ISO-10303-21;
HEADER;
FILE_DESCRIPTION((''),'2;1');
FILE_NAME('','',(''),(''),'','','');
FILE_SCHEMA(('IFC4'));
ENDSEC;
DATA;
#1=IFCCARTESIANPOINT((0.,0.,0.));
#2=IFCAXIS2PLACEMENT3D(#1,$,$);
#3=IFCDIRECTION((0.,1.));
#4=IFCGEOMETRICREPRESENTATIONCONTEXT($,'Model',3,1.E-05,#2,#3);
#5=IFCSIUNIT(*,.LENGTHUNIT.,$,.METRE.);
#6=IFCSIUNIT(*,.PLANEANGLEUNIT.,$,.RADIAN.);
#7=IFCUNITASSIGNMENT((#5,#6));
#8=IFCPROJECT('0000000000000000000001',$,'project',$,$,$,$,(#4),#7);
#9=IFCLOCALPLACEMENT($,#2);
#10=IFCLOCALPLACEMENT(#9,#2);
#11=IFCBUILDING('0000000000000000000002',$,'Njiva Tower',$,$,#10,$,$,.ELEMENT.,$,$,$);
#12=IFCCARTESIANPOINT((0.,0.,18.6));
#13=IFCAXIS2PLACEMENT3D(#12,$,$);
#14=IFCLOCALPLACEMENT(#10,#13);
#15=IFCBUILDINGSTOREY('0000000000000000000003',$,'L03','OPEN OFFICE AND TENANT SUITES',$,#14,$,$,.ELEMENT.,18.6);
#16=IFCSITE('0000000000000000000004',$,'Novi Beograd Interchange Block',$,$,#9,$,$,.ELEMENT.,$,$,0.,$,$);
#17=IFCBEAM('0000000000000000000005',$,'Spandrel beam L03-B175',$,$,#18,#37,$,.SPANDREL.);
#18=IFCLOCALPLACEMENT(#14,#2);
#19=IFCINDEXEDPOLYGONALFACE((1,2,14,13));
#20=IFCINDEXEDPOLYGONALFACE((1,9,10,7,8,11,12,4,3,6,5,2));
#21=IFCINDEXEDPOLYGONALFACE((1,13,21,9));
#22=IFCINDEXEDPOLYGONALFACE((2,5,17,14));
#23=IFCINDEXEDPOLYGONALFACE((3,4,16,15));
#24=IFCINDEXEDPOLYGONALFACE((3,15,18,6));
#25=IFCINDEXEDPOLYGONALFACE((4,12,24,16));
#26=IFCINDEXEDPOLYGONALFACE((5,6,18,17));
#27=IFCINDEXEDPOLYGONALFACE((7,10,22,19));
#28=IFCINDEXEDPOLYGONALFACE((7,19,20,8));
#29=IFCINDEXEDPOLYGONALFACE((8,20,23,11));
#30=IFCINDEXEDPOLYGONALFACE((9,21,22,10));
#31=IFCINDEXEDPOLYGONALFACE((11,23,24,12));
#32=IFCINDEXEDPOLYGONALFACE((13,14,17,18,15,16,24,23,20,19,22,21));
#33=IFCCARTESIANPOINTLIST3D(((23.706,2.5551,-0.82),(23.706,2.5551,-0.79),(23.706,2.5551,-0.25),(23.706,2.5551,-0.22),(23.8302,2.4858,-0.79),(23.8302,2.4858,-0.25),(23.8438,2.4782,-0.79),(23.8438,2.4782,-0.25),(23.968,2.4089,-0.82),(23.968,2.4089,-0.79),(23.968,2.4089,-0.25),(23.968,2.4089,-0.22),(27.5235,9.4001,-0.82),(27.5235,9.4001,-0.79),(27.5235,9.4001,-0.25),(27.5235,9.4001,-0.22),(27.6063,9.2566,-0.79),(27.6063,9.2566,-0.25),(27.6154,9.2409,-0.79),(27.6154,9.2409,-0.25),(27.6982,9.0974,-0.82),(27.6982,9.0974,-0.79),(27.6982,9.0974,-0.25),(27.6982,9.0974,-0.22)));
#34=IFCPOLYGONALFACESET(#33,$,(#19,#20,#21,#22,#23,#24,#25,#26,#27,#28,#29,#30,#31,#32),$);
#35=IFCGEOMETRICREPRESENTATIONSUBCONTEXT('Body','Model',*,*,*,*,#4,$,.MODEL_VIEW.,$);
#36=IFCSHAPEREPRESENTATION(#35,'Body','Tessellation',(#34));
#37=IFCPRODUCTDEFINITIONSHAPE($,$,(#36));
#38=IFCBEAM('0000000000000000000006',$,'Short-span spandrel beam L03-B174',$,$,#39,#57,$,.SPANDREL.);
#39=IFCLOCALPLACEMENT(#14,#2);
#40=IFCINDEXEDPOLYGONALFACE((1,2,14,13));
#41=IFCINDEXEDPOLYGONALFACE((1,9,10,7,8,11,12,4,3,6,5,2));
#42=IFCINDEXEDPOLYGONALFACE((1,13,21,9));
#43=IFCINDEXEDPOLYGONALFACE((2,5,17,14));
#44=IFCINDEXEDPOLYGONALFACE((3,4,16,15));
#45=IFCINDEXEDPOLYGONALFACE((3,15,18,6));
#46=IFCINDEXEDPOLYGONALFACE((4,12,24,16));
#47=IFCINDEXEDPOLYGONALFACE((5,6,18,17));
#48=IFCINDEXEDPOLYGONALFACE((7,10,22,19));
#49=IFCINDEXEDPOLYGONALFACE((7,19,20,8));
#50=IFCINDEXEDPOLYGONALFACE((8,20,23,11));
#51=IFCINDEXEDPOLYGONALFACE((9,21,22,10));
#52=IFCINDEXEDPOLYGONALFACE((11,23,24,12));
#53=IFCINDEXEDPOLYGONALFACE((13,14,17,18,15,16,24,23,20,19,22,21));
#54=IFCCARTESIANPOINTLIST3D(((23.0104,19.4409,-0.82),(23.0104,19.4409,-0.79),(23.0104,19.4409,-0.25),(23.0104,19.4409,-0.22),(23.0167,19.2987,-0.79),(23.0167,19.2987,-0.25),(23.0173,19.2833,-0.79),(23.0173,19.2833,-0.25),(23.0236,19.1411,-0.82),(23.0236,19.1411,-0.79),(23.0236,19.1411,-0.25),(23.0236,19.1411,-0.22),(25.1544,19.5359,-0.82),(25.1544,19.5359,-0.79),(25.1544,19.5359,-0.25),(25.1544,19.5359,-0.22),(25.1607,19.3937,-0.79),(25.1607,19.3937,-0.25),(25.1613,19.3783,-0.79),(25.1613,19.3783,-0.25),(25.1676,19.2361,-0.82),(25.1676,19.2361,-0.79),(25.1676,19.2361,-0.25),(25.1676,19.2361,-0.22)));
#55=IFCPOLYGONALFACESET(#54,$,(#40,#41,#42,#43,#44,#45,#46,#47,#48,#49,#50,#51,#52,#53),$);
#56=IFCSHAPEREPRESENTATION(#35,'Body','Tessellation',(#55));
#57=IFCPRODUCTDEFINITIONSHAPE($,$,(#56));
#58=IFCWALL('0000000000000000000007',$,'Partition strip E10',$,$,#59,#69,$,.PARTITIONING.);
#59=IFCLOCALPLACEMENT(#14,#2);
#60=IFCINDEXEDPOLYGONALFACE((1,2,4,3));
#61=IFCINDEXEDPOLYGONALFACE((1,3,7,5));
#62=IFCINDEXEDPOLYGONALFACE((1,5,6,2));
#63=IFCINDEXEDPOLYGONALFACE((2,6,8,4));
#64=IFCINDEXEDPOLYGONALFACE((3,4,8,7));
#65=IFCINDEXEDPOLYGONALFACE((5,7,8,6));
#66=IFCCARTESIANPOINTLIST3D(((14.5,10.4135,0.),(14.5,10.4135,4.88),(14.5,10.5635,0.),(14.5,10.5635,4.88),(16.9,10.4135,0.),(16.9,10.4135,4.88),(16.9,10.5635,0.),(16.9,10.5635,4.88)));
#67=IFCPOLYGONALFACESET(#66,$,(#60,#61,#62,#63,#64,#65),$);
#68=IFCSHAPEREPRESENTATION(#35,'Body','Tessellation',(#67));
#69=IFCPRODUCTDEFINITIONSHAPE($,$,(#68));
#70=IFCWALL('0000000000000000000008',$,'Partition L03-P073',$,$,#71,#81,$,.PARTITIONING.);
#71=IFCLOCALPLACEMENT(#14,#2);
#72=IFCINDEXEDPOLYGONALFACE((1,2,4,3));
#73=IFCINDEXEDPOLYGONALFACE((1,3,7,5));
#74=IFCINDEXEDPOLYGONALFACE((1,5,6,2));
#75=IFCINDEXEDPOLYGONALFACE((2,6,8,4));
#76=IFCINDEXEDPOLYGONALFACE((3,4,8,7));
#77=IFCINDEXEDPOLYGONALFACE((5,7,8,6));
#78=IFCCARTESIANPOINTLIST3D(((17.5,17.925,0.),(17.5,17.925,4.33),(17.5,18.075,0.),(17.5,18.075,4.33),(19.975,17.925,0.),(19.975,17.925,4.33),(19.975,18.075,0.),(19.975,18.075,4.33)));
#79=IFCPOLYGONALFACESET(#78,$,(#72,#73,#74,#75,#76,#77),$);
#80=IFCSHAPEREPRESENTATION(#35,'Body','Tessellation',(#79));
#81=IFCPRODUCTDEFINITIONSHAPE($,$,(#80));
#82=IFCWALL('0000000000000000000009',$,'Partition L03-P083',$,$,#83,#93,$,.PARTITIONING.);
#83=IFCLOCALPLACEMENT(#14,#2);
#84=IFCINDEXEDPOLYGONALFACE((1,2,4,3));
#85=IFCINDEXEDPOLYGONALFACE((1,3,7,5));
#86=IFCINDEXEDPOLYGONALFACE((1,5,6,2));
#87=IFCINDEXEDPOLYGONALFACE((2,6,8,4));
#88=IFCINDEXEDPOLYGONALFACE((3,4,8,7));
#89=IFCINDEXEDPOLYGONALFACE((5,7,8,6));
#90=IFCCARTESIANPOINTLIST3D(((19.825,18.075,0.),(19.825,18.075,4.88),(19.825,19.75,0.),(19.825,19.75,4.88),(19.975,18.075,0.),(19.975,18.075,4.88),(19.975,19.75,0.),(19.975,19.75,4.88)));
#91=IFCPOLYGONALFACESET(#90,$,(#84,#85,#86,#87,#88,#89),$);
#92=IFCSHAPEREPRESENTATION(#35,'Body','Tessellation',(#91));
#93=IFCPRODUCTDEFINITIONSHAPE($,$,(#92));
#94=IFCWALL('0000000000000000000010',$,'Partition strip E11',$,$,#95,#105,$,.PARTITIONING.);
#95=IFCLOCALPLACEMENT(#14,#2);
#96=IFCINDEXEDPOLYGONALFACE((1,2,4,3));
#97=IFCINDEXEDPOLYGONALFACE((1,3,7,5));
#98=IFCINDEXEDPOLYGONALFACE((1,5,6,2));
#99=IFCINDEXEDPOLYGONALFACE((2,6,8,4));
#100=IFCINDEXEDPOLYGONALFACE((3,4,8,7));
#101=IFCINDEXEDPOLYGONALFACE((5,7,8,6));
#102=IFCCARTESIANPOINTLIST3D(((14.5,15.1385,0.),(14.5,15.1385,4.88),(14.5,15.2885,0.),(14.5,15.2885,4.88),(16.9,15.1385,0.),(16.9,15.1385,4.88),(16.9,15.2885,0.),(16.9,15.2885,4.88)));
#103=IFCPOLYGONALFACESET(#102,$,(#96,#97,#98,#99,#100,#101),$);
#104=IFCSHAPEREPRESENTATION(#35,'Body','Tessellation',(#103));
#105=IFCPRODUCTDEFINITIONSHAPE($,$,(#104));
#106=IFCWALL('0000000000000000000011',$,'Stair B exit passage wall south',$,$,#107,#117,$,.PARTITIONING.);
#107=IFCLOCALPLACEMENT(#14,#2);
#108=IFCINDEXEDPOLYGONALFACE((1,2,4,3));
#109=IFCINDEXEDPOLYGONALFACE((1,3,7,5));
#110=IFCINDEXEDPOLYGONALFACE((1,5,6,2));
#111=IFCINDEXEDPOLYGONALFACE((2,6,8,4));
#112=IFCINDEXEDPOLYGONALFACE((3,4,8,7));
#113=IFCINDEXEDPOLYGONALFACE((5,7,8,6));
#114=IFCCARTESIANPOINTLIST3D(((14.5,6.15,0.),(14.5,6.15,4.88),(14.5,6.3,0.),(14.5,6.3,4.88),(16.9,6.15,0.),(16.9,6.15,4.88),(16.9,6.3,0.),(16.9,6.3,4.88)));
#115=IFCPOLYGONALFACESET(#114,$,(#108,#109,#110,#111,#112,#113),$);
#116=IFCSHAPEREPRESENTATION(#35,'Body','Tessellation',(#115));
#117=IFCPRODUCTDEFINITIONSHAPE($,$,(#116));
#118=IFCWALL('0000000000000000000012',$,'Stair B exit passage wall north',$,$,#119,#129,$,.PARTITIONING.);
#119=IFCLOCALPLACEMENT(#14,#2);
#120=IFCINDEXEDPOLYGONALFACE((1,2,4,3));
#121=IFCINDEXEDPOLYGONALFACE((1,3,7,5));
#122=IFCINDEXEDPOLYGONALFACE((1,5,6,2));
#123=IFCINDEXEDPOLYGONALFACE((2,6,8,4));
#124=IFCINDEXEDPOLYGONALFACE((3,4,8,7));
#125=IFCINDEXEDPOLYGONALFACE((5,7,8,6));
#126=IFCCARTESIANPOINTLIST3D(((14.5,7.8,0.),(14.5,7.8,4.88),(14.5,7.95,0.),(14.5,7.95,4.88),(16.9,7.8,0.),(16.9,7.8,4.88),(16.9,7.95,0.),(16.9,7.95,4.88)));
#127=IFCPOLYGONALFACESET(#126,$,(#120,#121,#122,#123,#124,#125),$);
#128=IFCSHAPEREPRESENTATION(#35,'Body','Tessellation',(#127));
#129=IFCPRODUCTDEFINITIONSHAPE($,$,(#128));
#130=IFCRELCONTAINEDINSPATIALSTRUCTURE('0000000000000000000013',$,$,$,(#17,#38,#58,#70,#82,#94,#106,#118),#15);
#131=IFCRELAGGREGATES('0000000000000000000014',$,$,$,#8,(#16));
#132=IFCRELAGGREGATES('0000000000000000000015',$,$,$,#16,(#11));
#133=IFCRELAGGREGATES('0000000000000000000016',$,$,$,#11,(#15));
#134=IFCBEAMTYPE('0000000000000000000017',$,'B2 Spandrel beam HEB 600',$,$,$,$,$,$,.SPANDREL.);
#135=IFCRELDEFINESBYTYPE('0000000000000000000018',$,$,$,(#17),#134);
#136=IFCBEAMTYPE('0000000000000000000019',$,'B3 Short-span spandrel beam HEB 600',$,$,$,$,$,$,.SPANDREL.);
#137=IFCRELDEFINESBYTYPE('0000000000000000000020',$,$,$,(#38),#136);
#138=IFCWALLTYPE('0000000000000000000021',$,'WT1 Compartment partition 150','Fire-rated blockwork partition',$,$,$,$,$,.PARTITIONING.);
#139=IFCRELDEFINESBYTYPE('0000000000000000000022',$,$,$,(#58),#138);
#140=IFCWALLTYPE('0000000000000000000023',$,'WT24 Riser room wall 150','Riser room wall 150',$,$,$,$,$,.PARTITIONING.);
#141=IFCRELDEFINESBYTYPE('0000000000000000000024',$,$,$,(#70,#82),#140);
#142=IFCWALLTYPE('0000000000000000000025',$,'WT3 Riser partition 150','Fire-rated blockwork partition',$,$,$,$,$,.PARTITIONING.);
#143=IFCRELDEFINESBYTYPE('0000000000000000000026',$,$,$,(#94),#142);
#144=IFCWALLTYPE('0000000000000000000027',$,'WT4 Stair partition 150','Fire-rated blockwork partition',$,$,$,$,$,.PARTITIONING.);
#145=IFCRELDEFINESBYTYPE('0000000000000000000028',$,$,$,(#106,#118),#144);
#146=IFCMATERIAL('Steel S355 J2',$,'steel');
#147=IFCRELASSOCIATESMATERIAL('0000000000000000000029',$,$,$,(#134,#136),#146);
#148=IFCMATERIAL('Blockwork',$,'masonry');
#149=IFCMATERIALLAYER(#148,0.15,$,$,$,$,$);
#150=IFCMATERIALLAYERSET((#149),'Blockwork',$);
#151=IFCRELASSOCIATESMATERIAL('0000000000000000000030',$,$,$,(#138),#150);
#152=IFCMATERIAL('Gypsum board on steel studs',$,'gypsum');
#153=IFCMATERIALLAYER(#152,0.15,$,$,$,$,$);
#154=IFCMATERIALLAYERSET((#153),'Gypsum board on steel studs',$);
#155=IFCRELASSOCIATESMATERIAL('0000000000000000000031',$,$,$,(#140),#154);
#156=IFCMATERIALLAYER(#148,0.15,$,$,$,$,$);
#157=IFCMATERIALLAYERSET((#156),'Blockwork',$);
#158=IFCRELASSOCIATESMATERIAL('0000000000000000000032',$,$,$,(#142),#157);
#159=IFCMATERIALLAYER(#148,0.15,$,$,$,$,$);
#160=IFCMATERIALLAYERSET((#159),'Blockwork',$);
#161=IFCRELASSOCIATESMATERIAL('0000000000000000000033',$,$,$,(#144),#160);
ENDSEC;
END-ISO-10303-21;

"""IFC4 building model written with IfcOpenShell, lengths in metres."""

from ifc_helpers import new_model, si_unit, direction, frame, frame_2d, origin, origin_2d, place, context, subcontext, project, spatial, rectangle, i_section, extrude, clip, halfspace, material, layer, layer_set, material_profile, profile_set, type_object, element, save


model = new_model("IFC4")

# Units and contexts
model_context = context("Model", 3, precision=1e-05, world=origin(), true_north=direction((0.0, 1.0)))
body_context = subcontext(model_context, "Body", "Model", "MODEL_VIEW")
ifc_project = project(units=[si_unit("LENGTHUNIT", "METRE"), si_unit("PLANEANGLEUNIT", "RADIAN")], contexts=[model_context])

# Site, building, storey
site_placement = place(None, origin())
site = spatial("IfcSite", under=ifc_project, at=site_placement, Name="Novi Beograd Interchange Block", CompositionType="ELEMENT", RefElevation=0.0)
building_placement = place(site_placement, origin())
building = spatial("IfcBuilding", under=site, at=building_placement, Name="Njiva Tower", CompositionType="ELEMENT")
storey_placement = place(building_placement, frame((0.0, 0.0, 18.6)))
storey = spatial("IfcBuildingStorey", under=building, at=storey_placement, Name="L03", Description="OPEN OFFICE AND TENANT SUITES", CompositionType="ELEMENT", Elevation=18.6)

# Shared definitions
ifc_material_1 = material(Name="Steel S355 J2", Category="steel")

# Beams
ifc_material_profile_1 = material_profile(ifc_material_1, i_section(OverallWidth=0.3, OverallDepth=0.6, WebThickness=0.0155, FlangeThickness=0.03, at=origin_2d()), Name="HEB 600")
ifc_profile_set_1 = profile_set([ifc_material_profile_1], Name="Steel S355 J2")
beam_type_1 = type_object("IfcBeamType", Name="B2 Spandrel beam HEB 600", PredefinedType="SPANDREL", material=ifc_profile_set_1)
beam_1_placement = place(storey_placement, frame((23.837, 2.482, -0.52), z_axis=(0.487078, 0.873359, 0.0), x_axis=(-0.873359, 0.487078, 0.0)))
element("IfcBeam", 1, at=beam_1_placement, inside=storey, type_object=beam_type_1, Name="Spandrel beam L03-B175", PredefinedType="SPANDREL", context=body_context, shape_type="Clipping", body=[
    clip(extrude(i_section(OverallWidth=0.3, OverallDepth=0.6, WebThickness=0.0155, FlangeThickness=0.03, at=origin_2d()), origin(), (0.0, 0.0, 1.0), 7.8582), halfspace(frame((-0.0257, 0.0, 7.7326), z_axis=(-0.512814, 0.0, 0.8585), x_axis=(0.0, 1.0, 0.0)), False)),
])
ifc_material_profile_2 = material_profile(ifc_material_1, i_section(OverallWidth=0.3, OverallDepth=0.6, WebThickness=0.0155, FlangeThickness=0.03, at=origin_2d()), Name="HEB 600")
ifc_profile_set_2 = profile_set([ifc_material_profile_2], Name="Steel S355 J2")
beam_type_2 = type_object("IfcBeamType", Name="B3 Short-span spandrel beam HEB 600", PredefinedType="SPANDREL", material=ifc_profile_set_2)
beam_2_placement = place(storey_placement, frame((23.017, 19.291, -0.52), z_axis=(0.99902, 0.044266, 0.0), x_axis=(-0.044266, 0.99902, 0.0)))
element("IfcBeam", 2, at=beam_2_placement, inside=storey, type_object=beam_type_2, Name="Short-span spandrel beam L03-B174", PredefinedType="SPANDREL", context=body_context, shape_type="SweptSolid", body=[
    extrude(i_section(OverallWidth=0.3, OverallDepth=0.6, WebThickness=0.0155, FlangeThickness=0.03, at=origin_2d()), origin(), (0.0, 0.0, 1.0), 2.1461),
])

# Walls
ifc_material_2 = material(Name="Blockwork", Category="masonry")
ifc_layer_1 = layer(ifc_material_2, 0.15)
ifc_layer_set_1 = layer_set([ifc_layer_1], Name="Blockwork")
wall_type_1 = type_object("IfcWallType", Name="WT1 Compartment partition 150", Description="Fire-rated blockwork partition", PredefinedType="PARTITIONING", material=ifc_layer_set_1)
wall_1_placement = place(storey_placement, frame((14.5, 10.4885, 0.0), z_axis=(0.0, 0.0, 1.0), x_axis=(1.0, 0.0, 0.0)))
element("IfcWall", 3, at=wall_1_placement, inside=storey, type_object=wall_type_1, Name="Partition strip E10", PredefinedType="PARTITIONING", context=body_context, shape_type="SweptSolid", body=[
    extrude(rectangle(XDim=2.4, YDim=0.15, at=frame_2d((1.2, 0.0))), origin(), (0.0, 0.0, 1.0), 4.88),
])
ifc_material_3 = material(Name="Gypsum board on steel studs", Category="gypsum")
ifc_layer_2 = layer(ifc_material_3, 0.15)
ifc_layer_set_2 = layer_set([ifc_layer_2], Name="Gypsum board on steel studs")
wall_type_2 = type_object("IfcWallType", Name="WT24 Riser room wall 150", Description="Riser room wall 150", PredefinedType="PARTITIONING", material=ifc_layer_set_2)
wall_2_placement = place(storey_placement, frame((17.5, 18.0, 0.0), z_axis=(0.0, 0.0, 1.0), x_axis=(1.0, 0.0, 0.0)))
element("IfcWall", 4, at=wall_2_placement, inside=storey, type_object=wall_type_2, Name="Partition L03-P073", PredefinedType="PARTITIONING", context=body_context, shape_type="SweptSolid", body=[
    extrude(rectangle(XDim=2.475, YDim=0.15, at=frame_2d((1.2375, 0.0))), origin(), (0.0, 0.0, 1.0), 4.33),
])
wall_3_placement = place(storey_placement, frame((19.9, 18.075, 0.0), z_axis=(0.0, 0.0, 1.0), x_axis=(0.0, 1.0, 0.0)))
element("IfcWall", 5, at=wall_3_placement, inside=storey, type_object=wall_type_2, Name="Partition L03-P083", PredefinedType="PARTITIONING", context=body_context, shape_type="SweptSolid", body=[
    extrude(rectangle(XDim=1.675, YDim=0.15, at=frame_2d((0.8375, 0.0))), origin(), (0.0, 0.0, 1.0), 4.88),
])
ifc_layer_3 = layer(ifc_material_2, 0.15)
ifc_layer_set_3 = layer_set([ifc_layer_3], Name="Blockwork")
wall_type_3 = type_object("IfcWallType", Name="WT3 Riser partition 150", Description="Fire-rated blockwork partition", PredefinedType="PARTITIONING", material=ifc_layer_set_3)
wall_4_placement = place(storey_placement, frame((14.5, 15.2135, 0.0), z_axis=(0.0, 0.0, 1.0), x_axis=(1.0, 0.0, 0.0)))
element("IfcWall", 6, at=wall_4_placement, inside=storey, type_object=wall_type_3, Name="Partition strip E11", PredefinedType="PARTITIONING", context=body_context, shape_type="SweptSolid", body=[
    extrude(rectangle(XDim=2.4, YDim=0.15, at=frame_2d((1.2, 0.0))), origin(), (0.0, 0.0, 1.0), 4.88),
])
ifc_layer_4 = layer(ifc_material_2, 0.15)
ifc_layer_set_4 = layer_set([ifc_layer_4], Name="Blockwork")
wall_type_4 = type_object("IfcWallType", Name="WT4 Stair partition 150", Description="Fire-rated blockwork partition", PredefinedType="PARTITIONING", material=ifc_layer_set_4)
for number, where, z_axis, x_axis, name in (
    (7, (14.5, 6.225, 0.0), (0.0, 0.0, 1.0), (1.0, 0.0, 0.0), "Stair B exit passage wall south"),
    (8, (14.5, 7.875, 0.0), (0.0, 0.0, 1.0), (1.0, 0.0, 0.0), "Stair B exit passage wall north"),
):
    element("IfcWall", number, at=place(storey_placement, frame(where, z_axis=z_axis, x_axis=x_axis)), inside=storey, type_object=wall_type_4, Name=name, PredefinedType="PARTITIONING", context=body_context, shape_type="SweptSolid", body=[
        extrude(rectangle(XDim=2.4, YDim=0.15, at=frame_2d((1.2, 0.0))), origin(), (0.0, 0.0, 1.0), 4.88),
    ])

save(model, "model.ifc")
